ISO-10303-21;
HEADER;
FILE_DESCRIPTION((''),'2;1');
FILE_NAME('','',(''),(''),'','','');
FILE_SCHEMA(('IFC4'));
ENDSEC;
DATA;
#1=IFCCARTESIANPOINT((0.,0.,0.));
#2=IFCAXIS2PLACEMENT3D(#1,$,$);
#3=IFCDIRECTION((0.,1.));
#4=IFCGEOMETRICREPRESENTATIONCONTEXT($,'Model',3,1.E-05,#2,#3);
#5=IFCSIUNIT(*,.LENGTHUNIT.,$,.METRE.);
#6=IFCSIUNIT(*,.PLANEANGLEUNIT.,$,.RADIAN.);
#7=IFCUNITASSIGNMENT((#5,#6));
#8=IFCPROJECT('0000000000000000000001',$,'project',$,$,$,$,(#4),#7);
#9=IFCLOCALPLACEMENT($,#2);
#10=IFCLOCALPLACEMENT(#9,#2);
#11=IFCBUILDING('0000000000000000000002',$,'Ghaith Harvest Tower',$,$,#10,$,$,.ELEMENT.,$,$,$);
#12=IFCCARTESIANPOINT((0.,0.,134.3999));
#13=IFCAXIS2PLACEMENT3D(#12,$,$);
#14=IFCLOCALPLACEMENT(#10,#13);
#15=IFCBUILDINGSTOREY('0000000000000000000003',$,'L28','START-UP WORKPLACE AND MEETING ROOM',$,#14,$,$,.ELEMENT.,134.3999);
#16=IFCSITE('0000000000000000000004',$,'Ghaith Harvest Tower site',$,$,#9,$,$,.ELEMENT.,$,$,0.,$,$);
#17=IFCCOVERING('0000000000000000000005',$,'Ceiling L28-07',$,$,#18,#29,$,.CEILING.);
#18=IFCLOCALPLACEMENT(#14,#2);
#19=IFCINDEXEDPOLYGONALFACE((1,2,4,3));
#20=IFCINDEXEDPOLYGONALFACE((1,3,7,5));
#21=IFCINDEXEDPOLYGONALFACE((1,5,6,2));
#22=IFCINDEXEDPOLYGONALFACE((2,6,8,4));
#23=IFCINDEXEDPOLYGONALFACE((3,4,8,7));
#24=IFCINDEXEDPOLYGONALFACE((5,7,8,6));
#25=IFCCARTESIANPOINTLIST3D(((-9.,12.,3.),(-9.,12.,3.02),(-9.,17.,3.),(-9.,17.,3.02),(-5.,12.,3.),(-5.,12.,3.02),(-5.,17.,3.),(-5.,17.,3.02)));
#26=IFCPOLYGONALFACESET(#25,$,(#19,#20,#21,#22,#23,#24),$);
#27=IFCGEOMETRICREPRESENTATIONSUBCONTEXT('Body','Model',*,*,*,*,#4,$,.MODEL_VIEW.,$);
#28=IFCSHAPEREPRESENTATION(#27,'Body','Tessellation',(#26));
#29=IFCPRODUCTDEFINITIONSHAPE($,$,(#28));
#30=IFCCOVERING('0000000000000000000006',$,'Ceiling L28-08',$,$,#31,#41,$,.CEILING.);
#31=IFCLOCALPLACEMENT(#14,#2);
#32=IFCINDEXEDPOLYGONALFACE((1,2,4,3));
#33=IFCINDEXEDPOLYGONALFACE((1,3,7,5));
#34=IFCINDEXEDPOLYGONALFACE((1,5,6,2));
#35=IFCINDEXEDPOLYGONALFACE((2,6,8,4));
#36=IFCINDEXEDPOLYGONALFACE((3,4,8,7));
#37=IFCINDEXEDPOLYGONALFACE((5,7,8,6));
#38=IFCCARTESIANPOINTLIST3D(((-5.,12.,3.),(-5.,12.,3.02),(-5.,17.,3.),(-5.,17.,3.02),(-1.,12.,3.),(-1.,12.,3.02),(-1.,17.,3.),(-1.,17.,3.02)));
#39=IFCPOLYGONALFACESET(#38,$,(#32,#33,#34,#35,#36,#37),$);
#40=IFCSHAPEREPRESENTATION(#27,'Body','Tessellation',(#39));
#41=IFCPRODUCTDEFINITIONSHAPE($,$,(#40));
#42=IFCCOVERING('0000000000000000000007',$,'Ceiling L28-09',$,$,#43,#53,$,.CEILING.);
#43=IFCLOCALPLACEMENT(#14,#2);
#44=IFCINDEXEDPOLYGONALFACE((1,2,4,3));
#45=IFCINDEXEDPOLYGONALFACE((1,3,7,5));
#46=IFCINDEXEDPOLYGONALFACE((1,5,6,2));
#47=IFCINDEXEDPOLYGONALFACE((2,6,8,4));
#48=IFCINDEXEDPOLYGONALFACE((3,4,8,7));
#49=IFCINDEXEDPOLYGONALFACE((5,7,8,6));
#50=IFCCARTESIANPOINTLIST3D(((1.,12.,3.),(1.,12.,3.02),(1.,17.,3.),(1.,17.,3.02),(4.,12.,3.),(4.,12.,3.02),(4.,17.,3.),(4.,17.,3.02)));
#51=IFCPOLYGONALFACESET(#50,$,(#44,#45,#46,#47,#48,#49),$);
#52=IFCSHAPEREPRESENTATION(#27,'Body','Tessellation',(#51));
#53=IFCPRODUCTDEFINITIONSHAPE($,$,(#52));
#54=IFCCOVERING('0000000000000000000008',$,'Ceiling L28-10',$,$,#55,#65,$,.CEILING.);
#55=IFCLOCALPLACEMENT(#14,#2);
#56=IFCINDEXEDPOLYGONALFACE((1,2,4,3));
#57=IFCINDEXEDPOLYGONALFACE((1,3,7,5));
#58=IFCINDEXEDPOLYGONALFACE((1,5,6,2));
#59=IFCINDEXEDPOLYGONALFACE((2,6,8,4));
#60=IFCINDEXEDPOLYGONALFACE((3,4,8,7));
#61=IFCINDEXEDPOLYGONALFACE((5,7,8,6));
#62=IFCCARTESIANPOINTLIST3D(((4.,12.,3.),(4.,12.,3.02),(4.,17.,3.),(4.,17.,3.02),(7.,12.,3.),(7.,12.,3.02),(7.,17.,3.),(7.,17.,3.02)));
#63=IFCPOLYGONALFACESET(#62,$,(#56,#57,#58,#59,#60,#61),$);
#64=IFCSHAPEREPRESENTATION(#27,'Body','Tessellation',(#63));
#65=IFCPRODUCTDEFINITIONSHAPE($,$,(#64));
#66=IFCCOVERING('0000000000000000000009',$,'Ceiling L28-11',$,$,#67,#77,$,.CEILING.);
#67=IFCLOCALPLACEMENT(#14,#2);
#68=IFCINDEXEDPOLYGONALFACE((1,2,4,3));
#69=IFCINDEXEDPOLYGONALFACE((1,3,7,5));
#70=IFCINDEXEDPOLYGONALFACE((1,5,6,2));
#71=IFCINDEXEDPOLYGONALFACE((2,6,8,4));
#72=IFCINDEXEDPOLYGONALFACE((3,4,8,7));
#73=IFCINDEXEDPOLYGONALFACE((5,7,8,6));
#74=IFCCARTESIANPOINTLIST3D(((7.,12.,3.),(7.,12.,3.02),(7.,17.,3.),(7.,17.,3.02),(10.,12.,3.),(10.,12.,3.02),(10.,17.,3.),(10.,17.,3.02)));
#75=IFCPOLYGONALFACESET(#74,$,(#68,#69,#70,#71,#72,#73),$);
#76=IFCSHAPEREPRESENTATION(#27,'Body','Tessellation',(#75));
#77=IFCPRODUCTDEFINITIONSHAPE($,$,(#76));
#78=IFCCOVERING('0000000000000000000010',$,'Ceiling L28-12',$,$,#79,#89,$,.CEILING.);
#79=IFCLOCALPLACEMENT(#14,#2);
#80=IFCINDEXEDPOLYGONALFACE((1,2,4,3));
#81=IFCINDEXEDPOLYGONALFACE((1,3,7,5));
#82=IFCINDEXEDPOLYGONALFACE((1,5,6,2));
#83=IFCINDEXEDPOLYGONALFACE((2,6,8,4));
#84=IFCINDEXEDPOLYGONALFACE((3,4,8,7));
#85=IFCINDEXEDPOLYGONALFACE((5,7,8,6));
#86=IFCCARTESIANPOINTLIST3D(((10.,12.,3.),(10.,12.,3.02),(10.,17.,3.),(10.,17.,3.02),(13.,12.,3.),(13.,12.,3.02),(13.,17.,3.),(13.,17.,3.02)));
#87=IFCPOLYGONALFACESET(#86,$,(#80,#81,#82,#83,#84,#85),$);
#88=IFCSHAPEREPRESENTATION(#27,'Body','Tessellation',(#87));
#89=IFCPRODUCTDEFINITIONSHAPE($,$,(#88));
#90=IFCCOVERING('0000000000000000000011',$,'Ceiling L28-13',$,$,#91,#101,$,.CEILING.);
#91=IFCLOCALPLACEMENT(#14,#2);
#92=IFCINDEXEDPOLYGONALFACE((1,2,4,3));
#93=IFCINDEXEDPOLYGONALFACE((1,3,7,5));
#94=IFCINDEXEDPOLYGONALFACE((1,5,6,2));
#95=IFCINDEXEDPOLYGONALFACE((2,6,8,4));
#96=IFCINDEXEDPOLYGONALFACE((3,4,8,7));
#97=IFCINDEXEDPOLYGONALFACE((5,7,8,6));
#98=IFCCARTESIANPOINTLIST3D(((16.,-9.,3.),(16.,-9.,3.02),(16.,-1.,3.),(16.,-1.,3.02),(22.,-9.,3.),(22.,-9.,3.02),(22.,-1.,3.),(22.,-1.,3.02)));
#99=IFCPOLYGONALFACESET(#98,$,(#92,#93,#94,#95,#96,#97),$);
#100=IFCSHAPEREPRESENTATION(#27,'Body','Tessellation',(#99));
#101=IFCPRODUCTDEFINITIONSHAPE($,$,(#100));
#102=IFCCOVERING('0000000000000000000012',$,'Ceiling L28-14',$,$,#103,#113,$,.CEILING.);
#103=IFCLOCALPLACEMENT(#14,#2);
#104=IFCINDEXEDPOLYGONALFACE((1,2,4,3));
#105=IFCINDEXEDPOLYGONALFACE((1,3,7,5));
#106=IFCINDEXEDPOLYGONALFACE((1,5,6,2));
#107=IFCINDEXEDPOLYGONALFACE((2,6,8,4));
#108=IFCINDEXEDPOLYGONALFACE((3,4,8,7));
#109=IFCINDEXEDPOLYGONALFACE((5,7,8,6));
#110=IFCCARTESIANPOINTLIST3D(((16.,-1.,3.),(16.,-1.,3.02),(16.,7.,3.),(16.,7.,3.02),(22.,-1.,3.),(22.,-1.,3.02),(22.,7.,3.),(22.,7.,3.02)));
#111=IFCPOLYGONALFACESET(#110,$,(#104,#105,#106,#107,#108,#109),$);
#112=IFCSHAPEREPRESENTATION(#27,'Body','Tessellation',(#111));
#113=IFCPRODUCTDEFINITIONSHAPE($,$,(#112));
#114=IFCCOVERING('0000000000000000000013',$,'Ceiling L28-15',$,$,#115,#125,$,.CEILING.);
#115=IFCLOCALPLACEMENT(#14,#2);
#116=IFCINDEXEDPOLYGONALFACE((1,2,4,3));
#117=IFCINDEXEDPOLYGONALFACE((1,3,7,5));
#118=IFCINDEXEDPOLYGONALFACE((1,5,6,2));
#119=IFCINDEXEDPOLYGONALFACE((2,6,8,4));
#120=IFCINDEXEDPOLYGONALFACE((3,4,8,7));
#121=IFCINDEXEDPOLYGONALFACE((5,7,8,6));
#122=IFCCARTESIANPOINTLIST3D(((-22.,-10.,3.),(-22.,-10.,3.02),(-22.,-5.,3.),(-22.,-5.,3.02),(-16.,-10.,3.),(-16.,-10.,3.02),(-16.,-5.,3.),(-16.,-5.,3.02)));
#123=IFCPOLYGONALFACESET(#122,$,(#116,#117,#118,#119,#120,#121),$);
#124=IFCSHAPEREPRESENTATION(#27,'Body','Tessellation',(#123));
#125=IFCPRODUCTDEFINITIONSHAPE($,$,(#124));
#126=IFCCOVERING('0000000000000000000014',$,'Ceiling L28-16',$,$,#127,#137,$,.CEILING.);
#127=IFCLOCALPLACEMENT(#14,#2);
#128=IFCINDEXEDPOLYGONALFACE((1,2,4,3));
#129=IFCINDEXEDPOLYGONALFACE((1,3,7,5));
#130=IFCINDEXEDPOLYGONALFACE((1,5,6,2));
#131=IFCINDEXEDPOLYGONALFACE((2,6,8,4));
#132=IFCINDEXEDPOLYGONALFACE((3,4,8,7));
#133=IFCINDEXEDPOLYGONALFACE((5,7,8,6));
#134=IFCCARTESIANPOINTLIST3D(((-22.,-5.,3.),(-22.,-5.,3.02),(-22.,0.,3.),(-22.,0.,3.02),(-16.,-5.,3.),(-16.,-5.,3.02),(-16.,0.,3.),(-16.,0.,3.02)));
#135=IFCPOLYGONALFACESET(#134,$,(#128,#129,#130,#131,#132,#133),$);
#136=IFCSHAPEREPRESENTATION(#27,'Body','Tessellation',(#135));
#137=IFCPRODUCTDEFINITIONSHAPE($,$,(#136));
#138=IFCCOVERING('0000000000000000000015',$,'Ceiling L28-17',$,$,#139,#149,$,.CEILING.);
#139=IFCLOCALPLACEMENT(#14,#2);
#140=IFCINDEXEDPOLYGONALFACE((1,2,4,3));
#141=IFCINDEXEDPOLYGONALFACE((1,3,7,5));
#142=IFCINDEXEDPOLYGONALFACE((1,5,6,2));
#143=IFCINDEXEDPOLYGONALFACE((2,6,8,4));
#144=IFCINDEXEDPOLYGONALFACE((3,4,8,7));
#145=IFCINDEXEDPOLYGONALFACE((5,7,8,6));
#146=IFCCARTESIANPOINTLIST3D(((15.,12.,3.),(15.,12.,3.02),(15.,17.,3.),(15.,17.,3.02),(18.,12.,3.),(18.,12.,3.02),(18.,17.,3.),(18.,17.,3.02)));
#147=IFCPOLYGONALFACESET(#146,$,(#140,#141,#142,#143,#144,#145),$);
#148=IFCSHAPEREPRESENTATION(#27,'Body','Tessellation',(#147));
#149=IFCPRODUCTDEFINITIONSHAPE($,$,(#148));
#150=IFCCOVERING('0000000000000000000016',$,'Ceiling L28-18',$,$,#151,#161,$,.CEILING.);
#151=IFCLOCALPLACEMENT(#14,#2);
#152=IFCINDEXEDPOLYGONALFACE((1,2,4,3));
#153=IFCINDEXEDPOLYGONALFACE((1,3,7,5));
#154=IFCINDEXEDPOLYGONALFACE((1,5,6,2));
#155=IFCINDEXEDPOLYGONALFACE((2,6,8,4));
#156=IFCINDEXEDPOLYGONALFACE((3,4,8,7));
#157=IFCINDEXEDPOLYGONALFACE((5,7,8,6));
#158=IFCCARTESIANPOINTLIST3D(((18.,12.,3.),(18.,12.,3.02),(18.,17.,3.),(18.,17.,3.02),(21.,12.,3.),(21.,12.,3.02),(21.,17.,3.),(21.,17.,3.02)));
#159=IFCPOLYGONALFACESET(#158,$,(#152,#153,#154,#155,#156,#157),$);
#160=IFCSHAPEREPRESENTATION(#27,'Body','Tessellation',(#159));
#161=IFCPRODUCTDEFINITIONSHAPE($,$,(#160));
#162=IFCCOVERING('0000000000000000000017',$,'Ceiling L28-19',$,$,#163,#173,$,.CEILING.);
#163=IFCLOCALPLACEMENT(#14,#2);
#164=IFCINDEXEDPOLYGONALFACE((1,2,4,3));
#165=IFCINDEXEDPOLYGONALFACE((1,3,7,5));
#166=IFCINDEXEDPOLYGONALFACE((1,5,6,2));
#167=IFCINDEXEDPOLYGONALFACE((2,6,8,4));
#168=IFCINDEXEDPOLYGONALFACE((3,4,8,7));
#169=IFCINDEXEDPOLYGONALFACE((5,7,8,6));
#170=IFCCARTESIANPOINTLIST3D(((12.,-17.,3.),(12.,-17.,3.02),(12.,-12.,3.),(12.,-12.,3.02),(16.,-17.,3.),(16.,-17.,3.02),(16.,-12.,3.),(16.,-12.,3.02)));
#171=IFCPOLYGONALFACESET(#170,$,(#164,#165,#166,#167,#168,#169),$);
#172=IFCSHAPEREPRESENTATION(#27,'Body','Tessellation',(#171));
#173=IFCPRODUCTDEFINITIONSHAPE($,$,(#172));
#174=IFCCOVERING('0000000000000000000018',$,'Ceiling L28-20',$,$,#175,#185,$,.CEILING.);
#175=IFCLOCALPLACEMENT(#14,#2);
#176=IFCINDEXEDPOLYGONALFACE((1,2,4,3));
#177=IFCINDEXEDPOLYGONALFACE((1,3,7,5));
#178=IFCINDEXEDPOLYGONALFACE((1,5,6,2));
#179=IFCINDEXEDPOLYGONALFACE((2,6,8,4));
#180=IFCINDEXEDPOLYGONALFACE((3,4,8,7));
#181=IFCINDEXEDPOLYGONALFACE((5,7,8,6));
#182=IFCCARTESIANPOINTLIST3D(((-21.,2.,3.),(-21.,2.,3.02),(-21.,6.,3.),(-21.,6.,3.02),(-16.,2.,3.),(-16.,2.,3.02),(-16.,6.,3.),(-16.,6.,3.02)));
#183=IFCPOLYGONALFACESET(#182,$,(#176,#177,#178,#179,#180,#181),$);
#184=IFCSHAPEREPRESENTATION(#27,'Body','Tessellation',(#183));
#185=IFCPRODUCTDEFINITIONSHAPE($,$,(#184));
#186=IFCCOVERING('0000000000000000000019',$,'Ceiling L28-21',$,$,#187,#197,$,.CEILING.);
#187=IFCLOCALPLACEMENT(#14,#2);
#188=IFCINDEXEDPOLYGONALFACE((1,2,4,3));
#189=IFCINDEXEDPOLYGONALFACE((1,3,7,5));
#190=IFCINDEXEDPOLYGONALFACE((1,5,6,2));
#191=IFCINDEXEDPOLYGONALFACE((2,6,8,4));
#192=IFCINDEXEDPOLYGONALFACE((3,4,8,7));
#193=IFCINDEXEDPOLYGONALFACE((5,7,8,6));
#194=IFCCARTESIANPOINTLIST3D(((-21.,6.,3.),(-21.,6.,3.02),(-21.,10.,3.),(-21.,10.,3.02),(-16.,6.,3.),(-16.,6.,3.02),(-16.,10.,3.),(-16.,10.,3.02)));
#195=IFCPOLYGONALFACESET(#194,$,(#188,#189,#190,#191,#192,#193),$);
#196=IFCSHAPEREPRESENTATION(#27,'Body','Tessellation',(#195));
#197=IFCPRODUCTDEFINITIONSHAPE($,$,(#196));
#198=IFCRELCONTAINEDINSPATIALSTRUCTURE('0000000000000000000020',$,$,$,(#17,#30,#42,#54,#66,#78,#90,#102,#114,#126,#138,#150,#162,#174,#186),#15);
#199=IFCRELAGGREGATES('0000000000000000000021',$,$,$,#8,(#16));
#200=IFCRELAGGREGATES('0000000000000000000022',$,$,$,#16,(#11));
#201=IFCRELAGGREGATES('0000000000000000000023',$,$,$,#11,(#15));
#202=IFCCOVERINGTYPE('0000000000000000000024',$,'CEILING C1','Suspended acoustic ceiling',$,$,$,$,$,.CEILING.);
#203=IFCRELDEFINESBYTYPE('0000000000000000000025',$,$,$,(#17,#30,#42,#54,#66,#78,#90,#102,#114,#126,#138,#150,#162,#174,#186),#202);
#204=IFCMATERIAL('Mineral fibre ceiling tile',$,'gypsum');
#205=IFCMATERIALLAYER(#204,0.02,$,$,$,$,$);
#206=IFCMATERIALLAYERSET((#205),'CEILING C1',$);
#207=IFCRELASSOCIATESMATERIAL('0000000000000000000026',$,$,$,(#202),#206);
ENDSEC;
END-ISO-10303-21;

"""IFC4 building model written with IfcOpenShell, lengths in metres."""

from ifc_helpers import new_model, si_unit, direction, frame, origin, place, context, subcontext, project, spatial, polyline, outline, extrude, material, layer, layer_set, type_object, element, save


model = new_model("IFC4")

# Units and contexts
model_context = context("Model", 3, precision=1e-05, world=origin(), true_north=direction((0.0, 1.0)))
body_context = subcontext(model_context, "Body", "Model", "MODEL_VIEW")
ifc_project = project(units=[si_unit("LENGTHUNIT", "METRE"), si_unit("PLANEANGLEUNIT", "RADIAN")], contexts=[model_context])

# Site, building, storey
site_placement = place(None, origin())
site = spatial("IfcSite", under=ifc_project, at=site_placement, Name="Ghaith Harvest Tower site", CompositionType="ELEMENT", RefElevation=0.0)
building_placement = place(site_placement, origin())
building = spatial("IfcBuilding", under=site, at=building_placement, Name="Ghaith Harvest Tower", CompositionType="ELEMENT")
storey_placement = place(building_placement, frame((0.0, 0.0, 134.3999)))
storey = spatial("IfcBuildingStorey", under=building, at=storey_placement, Name="L28", Description="START-UP WORKPLACE AND MEETING ROOM", CompositionType="ELEMENT", Elevation=134.3999)

# Coverings
ifc_material_1 = material(Name="Mineral fibre ceiling tile", Category="gypsum")
ifc_layer_1 = layer(ifc_material_1, 0.02)
ifc_layer_set_1 = layer_set([ifc_layer_1], Name="CEILING C1")
covering_type = type_object("IfcCoveringType", Name="CEILING C1", Description="Suspended acoustic ceiling", PredefinedType="CEILING", material=ifc_layer_set_1)
covering_1_placement = place(storey_placement, frame((0.0, 0.0, 3.0)))
element("IfcCovering", 1, at=covering_1_placement, inside=storey, type_object=covering_type, Name="Ceiling L28-07", PredefinedType="CEILING", context=body_context, shape_type="SweptSolid", body=[
    extrude(outline(polyline([(-9.0, 12.0), (-5.0, 12.0), (-5.0, 17.0), (-9.0, 17.0), (-9.0, 12.0)])), origin(), (0.0, 0.0, 1.0), 0.02),
])
covering_2_placement = place(storey_placement, frame((0.0, 0.0, 3.0)))
element("IfcCovering", 2, at=covering_2_placement, inside=storey, type_object=covering_type, Name="Ceiling L28-08", PredefinedType="CEILING", context=body_context, shape_type="SweptSolid", body=[
    extrude(outline(polyline([(-5.0, 12.0), (-1.0, 12.0), (-1.0, 17.0), (-5.0, 17.0), (-5.0, 12.0)])), origin(), (0.0, 0.0, 1.0), 0.02),
])
covering_3_placement = place(storey_placement, frame((0.0, 0.0, 3.0)))
element("IfcCovering", 3, at=covering_3_placement, inside=storey, type_object=covering_type, Name="Ceiling L28-09", PredefinedType="CEILING", context=body_context, shape_type="SweptSolid", body=[
    extrude(outline(polyline([(1.0, 12.0), (4.0, 12.0), (4.0, 17.0), (1.0, 17.0), (1.0, 12.0)])), origin(), (0.0, 0.0, 1.0), 0.02),
])
covering_4_placement = place(storey_placement, frame((0.0, 0.0, 3.0)))
element("IfcCovering", 4, at=covering_4_placement, inside=storey, type_object=covering_type, Name="Ceiling L28-10", PredefinedType="CEILING", context=body_context, shape_type="SweptSolid", body=[
    extrude(outline(polyline([(4.0, 12.0), (7.0, 12.0), (7.0, 17.0), (4.0, 17.0), (4.0, 12.0)])), origin(), (0.0, 0.0, 1.0), 0.02),
])
covering_5_placement = place(storey_placement, frame((0.0, 0.0, 3.0)))
element("IfcCovering", 5, at=covering_5_placement, inside=storey, type_object=covering_type, Name="Ceiling L28-11", PredefinedType="CEILING", context=body_context, shape_type="SweptSolid", body=[
    extrude(outline(polyline([(7.0, 12.0), (10.0, 12.0), (10.0, 17.0), (7.0, 17.0), (7.0, 12.0)])), origin(), (0.0, 0.0, 1.0), 0.02),
])
covering_6_placement = place(storey_placement, frame((0.0, 0.0, 3.0)))
element("IfcCovering", 6, at=covering_6_placement, inside=storey, type_object=covering_type, Name="Ceiling L28-12", PredefinedType="CEILING", context=body_context, shape_type="SweptSolid", body=[
    extrude(outline(polyline([(10.0, 12.0), (13.0, 12.0), (13.0, 17.0), (10.0, 17.0), (10.0, 12.0)])), origin(), (0.0, 0.0, 1.0), 0.02),
])
covering_7_placement = place(storey_placement, frame((0.0, 0.0, 3.0)))
element("IfcCovering", 7, at=covering_7_placement, inside=storey, type_object=covering_type, Name="Ceiling L28-13", PredefinedType="CEILING", context=body_context, shape_type="SweptSolid", body=[
    extrude(outline(polyline([(16.0, -9.0), (22.0, -9.0), (22.0, -1.0), (16.0, -1.0), (16.0, -9.0)])), origin(), (0.0, 0.0, 1.0), 0.02),
])
covering_8_placement = place(storey_placement, frame((0.0, 0.0, 3.0)))
element("IfcCovering", 8, at=covering_8_placement, inside=storey, type_object=covering_type, Name="Ceiling L28-14", PredefinedType="CEILING", context=body_context, shape_type="SweptSolid", body=[
    extrude(outline(polyline([(16.0, -1.0), (22.0, -1.0), (22.0, 7.0), (16.0, 7.0), (16.0, -1.0)])), origin(), (0.0, 0.0, 1.0), 0.02),
])
covering_9_placement = place(storey_placement, frame((0.0, 0.0, 3.0)))
element("IfcCovering", 9, at=covering_9_placement, inside=storey, type_object=covering_type, Name="Ceiling L28-15", PredefinedType="CEILING", context=body_context, shape_type="SweptSolid", body=[
    extrude(outline(polyline([(-22.0, -10.0), (-16.0, -10.0), (-16.0, -5.0), (-22.0, -5.0), (-22.0, -10.0)])), origin(), (0.0, 0.0, 1.0), 0.02),
])
covering_10_placement = place(storey_placement, frame((0.0, 0.0, 3.0)))
element("IfcCovering", 10, at=covering_10_placement, inside=storey, type_object=covering_type, Name="Ceiling L28-16", PredefinedType="CEILING", context=body_context, shape_type="SweptSolid", body=[
    extrude(outline(polyline([(-22.0, -5.0), (-16.0, -5.0), (-16.0, 0.0), (-22.0, 0.0), (-22.0, -5.0)])), origin(), (0.0, 0.0, 1.0), 0.02),
])
covering_11_placement = place(storey_placement, frame((0.0, 0.0, 3.0)))
element("IfcCovering", 11, at=covering_11_placement, inside=storey, type_object=covering_type, Name="Ceiling L28-17", PredefinedType="CEILING", context=body_context, shape_type="SweptSolid", body=[
    extrude(outline(polyline([(15.0, 12.0), (18.0, 12.0), (18.0, 17.0), (15.0, 17.0), (15.0, 12.0)])), origin(), (0.0, 0.0, 1.0), 0.02),
])
covering_12_placement = place(storey_placement, frame((0.0, 0.0, 3.0)))
element("IfcCovering", 12, at=covering_12_placement, inside=storey, type_object=covering_type, Name="Ceiling L28-18", PredefinedType="CEILING", context=body_context, shape_type="SweptSolid", body=[
    extrude(outline(polyline([(18.0, 12.0), (21.0, 12.0), (21.0, 17.0), (18.0, 17.0), (18.0, 12.0)])), origin(), (0.0, 0.0, 1.0), 0.02),
])
covering_13_placement = place(storey_placement, frame((0.0, 0.0, 3.0)))
element("IfcCovering", 13, at=covering_13_placement, inside=storey, type_object=covering_type, Name="Ceiling L28-19", PredefinedType="CEILING", context=body_context, shape_type="SweptSolid", body=[
    extrude(outline(polyline([(12.0, -17.0), (16.0, -17.0), (16.0, -12.0), (12.0, -12.0), (12.0, -17.0)])), origin(), (0.0, 0.0, 1.0), 0.02),
])
covering_14_placement = place(storey_placement, frame((0.0, 0.0, 3.0)))
element("IfcCovering", 14, at=covering_14_placement, inside=storey, type_object=covering_type, Name="Ceiling L28-20", PredefinedType="CEILING", context=body_context, shape_type="SweptSolid", body=[
    extrude(outline(polyline([(-21.0, 2.0), (-16.0, 2.0), (-16.0, 6.0), (-21.0, 6.0), (-21.0, 2.0)])), origin(), (0.0, 0.0, 1.0), 0.02),
])
covering_15_placement = place(storey_placement, frame((0.0, 0.0, 3.0)))
element("IfcCovering", 15, at=covering_15_placement, inside=storey, type_object=covering_type, Name="Ceiling L28-21", PredefinedType="CEILING", context=body_context, shape_type="SweptSolid", body=[
    extrude(outline(polyline([(-21.0, 6.0), (-16.0, 6.0), (-16.0, 10.0), (-21.0, 10.0), (-21.0, 6.0)])), origin(), (0.0, 0.0, 1.0), 0.02),
])

save(model, "model.ifc")
